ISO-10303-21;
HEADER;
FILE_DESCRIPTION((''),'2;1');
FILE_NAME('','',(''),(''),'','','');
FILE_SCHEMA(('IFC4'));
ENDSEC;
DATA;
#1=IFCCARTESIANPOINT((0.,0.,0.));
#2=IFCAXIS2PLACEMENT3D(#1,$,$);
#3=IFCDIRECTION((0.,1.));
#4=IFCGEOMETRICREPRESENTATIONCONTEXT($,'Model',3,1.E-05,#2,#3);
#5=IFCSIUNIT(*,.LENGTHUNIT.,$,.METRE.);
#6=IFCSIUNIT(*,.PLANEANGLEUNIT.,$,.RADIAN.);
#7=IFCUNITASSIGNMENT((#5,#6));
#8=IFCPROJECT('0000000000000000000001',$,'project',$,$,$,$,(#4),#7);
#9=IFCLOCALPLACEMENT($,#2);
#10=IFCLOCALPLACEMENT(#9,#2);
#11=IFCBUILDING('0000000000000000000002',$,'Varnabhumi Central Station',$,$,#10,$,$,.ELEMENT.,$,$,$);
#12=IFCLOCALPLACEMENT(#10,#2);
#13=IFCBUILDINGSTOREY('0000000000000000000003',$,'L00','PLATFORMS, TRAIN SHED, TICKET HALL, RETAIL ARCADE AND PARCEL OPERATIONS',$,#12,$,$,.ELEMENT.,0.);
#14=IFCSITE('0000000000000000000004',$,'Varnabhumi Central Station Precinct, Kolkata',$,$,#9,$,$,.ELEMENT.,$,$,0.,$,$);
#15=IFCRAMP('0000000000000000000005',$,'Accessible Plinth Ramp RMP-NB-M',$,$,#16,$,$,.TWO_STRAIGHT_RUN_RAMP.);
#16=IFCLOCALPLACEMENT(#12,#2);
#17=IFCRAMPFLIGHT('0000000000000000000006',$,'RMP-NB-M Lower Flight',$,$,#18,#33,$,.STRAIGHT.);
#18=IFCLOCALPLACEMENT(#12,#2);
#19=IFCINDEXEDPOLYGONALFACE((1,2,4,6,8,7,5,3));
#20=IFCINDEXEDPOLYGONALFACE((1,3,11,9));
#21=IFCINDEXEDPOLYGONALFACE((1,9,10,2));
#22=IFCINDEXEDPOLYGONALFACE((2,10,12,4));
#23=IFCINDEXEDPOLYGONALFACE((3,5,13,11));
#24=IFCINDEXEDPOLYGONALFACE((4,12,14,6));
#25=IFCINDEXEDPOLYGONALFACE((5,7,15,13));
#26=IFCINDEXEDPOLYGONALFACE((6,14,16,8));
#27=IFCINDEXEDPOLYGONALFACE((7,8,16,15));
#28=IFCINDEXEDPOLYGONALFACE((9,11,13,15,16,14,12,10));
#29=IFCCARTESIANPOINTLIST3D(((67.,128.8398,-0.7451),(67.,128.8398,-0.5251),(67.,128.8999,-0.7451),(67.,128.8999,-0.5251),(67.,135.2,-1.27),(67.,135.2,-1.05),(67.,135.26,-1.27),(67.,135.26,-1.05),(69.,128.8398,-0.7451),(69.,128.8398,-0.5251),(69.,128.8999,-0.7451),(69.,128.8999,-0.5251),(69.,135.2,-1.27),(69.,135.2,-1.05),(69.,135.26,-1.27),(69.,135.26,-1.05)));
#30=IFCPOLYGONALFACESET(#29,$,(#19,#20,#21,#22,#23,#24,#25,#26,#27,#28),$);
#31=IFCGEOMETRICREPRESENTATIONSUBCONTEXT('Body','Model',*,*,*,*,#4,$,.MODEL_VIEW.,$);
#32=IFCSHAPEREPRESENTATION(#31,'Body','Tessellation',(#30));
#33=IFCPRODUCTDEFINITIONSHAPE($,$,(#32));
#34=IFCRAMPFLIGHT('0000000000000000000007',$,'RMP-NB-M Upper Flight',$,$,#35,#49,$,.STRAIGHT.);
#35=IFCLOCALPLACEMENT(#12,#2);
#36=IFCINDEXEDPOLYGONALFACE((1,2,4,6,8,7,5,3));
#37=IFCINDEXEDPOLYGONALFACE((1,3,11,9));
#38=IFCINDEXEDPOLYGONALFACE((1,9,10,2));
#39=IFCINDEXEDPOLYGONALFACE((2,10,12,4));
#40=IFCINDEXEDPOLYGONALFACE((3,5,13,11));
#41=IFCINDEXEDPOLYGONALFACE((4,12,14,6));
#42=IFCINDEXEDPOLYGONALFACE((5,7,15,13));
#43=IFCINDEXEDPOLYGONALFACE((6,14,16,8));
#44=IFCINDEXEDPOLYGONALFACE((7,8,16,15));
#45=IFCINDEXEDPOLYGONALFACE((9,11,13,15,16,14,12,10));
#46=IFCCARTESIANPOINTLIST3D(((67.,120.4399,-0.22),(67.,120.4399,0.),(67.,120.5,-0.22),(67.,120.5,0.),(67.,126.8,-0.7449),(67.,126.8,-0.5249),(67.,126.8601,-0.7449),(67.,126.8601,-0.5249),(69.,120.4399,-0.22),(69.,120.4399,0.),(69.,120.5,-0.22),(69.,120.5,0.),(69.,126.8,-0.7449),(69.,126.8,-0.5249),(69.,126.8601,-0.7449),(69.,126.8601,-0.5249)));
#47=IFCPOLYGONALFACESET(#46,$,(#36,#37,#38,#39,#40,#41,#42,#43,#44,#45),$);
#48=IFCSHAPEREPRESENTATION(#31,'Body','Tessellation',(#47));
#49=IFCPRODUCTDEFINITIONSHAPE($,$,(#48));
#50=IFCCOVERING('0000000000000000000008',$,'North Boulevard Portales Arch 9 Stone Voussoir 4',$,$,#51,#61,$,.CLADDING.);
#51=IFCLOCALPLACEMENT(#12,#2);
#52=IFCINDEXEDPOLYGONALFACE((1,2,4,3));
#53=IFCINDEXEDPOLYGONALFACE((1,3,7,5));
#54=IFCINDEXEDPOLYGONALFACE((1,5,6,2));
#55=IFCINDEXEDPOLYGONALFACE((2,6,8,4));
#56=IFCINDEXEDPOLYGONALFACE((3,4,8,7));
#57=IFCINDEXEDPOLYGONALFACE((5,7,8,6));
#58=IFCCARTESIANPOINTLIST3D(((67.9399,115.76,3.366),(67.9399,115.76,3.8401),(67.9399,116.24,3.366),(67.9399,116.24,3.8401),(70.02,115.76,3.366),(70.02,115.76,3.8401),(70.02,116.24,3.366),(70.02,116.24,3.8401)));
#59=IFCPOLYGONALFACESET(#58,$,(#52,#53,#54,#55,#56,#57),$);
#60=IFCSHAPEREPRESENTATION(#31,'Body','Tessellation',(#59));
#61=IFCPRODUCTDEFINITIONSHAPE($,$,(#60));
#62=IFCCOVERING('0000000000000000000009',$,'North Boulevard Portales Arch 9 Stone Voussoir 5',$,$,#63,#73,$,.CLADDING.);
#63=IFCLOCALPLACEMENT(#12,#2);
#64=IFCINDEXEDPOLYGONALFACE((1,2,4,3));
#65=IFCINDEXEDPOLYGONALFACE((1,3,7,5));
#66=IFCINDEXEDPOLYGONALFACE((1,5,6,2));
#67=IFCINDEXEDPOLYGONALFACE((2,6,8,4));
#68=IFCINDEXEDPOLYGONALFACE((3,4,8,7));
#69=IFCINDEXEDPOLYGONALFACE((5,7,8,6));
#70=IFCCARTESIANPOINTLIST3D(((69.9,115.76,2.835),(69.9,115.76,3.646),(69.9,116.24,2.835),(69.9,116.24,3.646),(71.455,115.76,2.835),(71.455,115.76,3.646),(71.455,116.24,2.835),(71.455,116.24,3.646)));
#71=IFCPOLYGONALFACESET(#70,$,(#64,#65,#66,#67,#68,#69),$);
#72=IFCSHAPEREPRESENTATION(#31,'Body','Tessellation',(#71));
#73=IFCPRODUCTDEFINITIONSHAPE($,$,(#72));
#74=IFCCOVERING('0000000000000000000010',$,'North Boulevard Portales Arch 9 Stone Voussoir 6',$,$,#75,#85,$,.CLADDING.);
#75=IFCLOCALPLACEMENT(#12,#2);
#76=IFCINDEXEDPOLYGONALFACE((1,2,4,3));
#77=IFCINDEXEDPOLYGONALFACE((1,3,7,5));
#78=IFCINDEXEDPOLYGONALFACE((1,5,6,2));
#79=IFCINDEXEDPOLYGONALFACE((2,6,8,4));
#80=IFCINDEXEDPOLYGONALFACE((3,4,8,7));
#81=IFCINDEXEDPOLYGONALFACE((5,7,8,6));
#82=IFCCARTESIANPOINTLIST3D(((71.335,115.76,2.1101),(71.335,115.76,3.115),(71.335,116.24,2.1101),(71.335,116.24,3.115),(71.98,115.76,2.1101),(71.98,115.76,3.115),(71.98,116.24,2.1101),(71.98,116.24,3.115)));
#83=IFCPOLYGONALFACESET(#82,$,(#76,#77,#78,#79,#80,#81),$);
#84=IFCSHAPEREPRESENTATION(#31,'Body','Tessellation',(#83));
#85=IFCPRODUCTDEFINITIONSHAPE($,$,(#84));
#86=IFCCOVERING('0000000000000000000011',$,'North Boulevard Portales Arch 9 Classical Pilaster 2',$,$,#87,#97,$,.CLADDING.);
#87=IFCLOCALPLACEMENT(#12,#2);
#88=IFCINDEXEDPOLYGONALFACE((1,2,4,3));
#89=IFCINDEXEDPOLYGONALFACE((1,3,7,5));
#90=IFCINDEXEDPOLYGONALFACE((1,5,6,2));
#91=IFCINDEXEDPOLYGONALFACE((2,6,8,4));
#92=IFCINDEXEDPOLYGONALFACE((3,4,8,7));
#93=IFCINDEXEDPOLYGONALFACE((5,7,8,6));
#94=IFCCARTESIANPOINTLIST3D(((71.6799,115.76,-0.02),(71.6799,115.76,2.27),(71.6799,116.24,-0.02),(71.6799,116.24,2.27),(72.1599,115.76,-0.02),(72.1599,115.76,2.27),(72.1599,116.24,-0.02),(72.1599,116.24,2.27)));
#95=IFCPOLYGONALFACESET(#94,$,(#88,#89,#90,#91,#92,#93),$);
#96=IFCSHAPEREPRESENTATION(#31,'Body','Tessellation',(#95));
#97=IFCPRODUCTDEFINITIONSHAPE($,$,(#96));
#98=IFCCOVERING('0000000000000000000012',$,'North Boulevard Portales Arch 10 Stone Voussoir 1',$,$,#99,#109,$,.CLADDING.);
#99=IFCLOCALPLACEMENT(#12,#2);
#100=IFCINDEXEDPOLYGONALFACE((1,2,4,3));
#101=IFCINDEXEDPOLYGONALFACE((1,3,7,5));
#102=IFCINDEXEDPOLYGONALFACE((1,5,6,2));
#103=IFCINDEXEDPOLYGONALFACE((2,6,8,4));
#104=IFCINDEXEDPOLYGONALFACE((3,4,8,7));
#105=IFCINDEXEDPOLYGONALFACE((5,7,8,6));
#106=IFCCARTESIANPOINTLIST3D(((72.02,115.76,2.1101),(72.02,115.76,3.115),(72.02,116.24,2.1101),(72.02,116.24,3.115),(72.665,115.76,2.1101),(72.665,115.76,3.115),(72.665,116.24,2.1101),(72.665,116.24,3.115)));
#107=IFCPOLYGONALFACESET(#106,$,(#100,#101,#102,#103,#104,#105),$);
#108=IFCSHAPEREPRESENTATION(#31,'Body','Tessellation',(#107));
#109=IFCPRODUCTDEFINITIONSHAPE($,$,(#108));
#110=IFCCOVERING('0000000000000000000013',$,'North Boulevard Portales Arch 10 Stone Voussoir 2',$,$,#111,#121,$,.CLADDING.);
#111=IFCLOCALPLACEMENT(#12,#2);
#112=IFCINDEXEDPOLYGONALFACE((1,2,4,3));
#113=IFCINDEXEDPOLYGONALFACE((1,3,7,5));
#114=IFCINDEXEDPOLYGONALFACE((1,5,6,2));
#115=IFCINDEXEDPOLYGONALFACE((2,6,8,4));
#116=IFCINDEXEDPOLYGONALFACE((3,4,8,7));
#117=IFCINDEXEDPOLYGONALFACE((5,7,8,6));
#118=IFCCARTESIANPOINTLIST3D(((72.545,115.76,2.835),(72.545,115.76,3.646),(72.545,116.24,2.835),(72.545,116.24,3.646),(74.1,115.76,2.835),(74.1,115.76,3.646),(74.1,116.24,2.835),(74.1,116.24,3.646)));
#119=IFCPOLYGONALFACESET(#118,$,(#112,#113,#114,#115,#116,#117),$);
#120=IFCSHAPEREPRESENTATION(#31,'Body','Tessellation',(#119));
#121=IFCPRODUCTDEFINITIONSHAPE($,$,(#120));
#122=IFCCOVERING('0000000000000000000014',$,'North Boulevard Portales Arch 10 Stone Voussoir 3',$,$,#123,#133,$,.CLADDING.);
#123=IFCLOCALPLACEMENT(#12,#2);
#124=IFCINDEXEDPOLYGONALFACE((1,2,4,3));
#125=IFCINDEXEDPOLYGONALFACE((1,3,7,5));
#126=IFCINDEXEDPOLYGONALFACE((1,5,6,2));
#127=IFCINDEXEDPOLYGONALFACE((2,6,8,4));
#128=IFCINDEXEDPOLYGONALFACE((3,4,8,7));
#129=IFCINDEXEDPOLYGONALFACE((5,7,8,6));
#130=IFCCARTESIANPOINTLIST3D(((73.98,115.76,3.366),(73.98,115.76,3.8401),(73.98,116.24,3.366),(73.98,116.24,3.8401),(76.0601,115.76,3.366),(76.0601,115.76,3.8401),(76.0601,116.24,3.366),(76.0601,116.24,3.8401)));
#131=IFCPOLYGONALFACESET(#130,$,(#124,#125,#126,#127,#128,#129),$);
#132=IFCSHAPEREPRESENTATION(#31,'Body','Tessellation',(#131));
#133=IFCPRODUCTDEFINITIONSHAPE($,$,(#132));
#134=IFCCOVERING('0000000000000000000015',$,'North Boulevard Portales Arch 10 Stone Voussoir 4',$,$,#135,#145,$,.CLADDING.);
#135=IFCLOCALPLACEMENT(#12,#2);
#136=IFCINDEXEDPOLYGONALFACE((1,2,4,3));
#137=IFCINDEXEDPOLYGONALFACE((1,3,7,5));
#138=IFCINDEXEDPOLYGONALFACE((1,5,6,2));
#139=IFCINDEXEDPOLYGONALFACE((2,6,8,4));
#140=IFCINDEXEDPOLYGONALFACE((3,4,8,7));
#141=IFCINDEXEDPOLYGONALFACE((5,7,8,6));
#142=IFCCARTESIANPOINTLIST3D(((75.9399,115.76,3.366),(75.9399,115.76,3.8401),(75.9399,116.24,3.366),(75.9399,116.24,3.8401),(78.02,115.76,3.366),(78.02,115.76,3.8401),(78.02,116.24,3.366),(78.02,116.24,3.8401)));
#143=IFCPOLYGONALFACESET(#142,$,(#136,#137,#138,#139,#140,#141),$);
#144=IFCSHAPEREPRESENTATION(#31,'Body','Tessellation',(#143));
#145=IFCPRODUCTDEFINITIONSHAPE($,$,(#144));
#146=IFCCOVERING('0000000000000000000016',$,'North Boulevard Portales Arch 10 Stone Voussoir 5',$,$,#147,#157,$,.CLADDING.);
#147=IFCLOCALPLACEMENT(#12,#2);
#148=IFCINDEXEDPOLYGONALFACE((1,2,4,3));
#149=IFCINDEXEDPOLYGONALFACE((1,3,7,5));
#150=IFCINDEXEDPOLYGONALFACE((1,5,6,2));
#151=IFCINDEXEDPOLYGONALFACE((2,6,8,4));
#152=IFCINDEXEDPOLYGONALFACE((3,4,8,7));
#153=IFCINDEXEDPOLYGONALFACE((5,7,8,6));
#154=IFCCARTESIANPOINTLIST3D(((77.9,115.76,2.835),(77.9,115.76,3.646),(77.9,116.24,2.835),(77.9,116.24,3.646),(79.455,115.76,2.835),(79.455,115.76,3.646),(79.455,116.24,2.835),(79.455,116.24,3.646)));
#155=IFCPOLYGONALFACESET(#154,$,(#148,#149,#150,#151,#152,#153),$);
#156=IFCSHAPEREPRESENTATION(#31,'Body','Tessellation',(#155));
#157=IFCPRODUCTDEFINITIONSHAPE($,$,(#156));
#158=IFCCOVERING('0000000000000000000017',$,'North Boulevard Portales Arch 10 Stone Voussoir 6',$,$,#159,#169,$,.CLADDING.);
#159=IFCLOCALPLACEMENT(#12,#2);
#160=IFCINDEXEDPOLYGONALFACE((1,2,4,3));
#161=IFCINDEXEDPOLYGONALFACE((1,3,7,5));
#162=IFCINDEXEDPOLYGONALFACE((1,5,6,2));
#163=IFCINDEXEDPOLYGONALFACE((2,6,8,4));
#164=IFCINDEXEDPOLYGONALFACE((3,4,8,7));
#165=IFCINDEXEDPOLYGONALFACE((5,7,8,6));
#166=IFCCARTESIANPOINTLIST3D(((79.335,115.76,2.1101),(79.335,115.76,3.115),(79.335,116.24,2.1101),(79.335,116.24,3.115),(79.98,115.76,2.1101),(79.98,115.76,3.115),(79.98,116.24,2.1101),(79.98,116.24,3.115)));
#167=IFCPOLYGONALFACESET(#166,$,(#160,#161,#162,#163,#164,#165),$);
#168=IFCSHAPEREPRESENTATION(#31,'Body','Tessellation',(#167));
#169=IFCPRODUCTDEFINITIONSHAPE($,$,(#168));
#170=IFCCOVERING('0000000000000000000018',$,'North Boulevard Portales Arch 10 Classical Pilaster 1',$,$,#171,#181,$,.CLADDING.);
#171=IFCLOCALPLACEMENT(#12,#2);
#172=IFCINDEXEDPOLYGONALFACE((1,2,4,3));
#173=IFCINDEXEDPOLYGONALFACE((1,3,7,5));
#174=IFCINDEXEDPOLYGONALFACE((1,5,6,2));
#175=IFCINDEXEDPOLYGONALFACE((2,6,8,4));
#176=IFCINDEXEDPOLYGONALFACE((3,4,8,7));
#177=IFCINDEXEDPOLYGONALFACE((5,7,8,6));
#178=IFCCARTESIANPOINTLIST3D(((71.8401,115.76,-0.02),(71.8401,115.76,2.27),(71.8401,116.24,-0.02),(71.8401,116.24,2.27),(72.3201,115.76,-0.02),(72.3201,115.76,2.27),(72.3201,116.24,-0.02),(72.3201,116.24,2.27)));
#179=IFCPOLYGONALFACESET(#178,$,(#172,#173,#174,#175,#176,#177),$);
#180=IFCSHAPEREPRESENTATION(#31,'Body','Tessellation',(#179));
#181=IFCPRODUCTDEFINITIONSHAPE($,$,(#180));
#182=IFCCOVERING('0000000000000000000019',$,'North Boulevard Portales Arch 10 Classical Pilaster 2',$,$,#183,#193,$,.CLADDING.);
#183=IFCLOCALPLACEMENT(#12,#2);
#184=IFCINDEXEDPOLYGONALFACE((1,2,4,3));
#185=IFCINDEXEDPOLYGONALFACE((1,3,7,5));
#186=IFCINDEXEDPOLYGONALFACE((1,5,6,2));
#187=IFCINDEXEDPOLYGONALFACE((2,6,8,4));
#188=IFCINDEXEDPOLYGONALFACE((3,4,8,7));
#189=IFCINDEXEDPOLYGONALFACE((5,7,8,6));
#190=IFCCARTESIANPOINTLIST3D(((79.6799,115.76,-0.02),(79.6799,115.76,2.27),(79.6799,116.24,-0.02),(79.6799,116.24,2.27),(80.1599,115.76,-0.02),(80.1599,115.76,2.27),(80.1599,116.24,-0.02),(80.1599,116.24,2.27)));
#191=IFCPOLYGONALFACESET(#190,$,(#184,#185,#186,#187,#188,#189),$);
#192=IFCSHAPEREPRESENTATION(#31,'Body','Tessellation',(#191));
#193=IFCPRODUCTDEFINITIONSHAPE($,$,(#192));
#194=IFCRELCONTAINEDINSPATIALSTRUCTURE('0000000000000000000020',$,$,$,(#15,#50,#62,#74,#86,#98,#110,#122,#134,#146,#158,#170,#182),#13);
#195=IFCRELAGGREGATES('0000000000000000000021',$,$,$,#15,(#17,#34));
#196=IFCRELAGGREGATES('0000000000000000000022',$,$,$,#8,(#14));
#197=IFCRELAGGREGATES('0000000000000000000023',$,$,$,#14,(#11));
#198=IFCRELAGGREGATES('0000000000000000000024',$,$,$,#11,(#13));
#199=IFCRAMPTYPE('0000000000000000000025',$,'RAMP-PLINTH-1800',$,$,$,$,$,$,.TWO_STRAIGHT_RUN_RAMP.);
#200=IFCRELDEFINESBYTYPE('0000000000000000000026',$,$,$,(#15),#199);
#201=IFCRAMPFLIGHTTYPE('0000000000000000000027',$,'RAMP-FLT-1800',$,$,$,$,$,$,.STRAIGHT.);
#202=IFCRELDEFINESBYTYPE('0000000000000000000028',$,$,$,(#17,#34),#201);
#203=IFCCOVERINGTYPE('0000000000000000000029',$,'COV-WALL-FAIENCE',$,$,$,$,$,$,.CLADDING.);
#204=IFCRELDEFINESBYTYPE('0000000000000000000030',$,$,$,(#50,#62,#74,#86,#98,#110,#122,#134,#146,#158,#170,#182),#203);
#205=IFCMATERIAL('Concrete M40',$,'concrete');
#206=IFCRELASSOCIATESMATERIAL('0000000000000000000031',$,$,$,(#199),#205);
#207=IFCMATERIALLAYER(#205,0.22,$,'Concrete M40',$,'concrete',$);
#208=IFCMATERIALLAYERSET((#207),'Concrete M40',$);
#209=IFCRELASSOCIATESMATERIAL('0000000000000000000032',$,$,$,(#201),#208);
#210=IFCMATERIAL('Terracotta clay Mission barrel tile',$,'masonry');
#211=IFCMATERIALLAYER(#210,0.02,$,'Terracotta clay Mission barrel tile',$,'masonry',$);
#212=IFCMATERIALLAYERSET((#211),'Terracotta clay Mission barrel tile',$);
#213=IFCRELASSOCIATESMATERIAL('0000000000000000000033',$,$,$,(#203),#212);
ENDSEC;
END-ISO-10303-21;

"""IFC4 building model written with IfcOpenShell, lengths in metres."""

from ifc_helpers import new_model, si_unit, direction, frame, origin, origin_2d, place, context, subcontext, project, spatial, polyline, rectangle, outline, extrude, material, layer, layer_set, type_object, element, aggregate, save


model = new_model("IFC4")

# Units and contexts
model_context = context("Model", 3, precision=1e-05, world=origin(), true_north=direction((0.0, 1.0)))
body_context = subcontext(model_context, "Body", "Model", "MODEL_VIEW")
ifc_project = project(units=[si_unit("LENGTHUNIT", "METRE"), si_unit("PLANEANGLEUNIT", "RADIAN")], contexts=[model_context])

# Site, building, storey
site_placement = place(None, origin())
site = spatial("IfcSite", under=ifc_project, at=site_placement, Name="Varnabhumi Central Station Precinct, Kolkata", CompositionType="ELEMENT", RefElevation=0.0)
building_placement = place(site_placement, origin())
building = spatial("IfcBuilding", under=site, at=building_placement, Name="Varnabhumi Central Station", CompositionType="ELEMENT")
storey_placement = place(building_placement, origin())
storey = spatial("IfcBuildingStorey", under=building, at=storey_placement, Name="L00", Description="PLATFORMS, TRAIN SHED, TICKET HALL, RETAIL ARCADE AND PARCEL OPERATIONS", CompositionType="ELEMENT", Elevation=0.0)

# Shared definitions
ifc_material_1 = material(Name="Concrete M40", Category="concrete")

# Ramp, ramp flights
ramp_type = type_object("IfcRampType", Name="RAMP-PLINTH-1800", PredefinedType="TWO_STRAIGHT_RUN_RAMP", material=ifc_material_1)
ramp_placement = place(storey_placement, origin())
ramp = element("IfcRamp", 1, at=ramp_placement, inside=storey, type_object=ramp_type, Name="Accessible Plinth Ramp RMP-NB-M", PredefinedType="TWO_STRAIGHT_RUN_RAMP")
ifc_layer_1 = layer(ifc_material_1, 0.22, Name="Concrete M40", Category="concrete")
ifc_layer_set_1 = layer_set([ifc_layer_1], Name="Concrete M40")
ramp_flight_type = type_object("IfcRampFlightType", Name="RAMP-FLT-1800", PredefinedType="STRAIGHT", material=ifc_layer_set_1)
ramp_flight_1_placement = place(storey_placement, frame((68.0, 135.2, -1.05), z_axis=(0.0, 0.0, 1.0), x_axis=(0.0, -1.0, 0.0)))
ramp_flight_1 = element("IfcRampFlight", 2, at=ramp_flight_1_placement, type_object=ramp_flight_type, Name="RMP-NB-M Lower Flight", PredefinedType="STRAIGHT", context=body_context, shape_type="SweptSolid", body=[
    extrude(outline(polyline([(-0.0601, 0.0), (0.0, 0.0), (6.3, 0.5249), (6.3601, 0.5249), (6.3601, 0.3049), (6.3, 0.3049), (0.0, -0.22), (-0.0601, -0.22), (-0.0601, 0.0)])), frame((0.0, 1.0, 0.0), z_axis=(0.0, -1.0, 0.0), x_axis=(1.0, 0.0, 0.0)), (0.0, 0.0, 1.0), 2.0),
])
ramp_flight_2_placement = place(storey_placement, frame((68.0, 126.8, -0.5249), z_axis=(0.0, 0.0, 1.0), x_axis=(0.0, -1.0, 0.0)))
ramp_flight_2 = element("IfcRampFlight", 3, at=ramp_flight_2_placement, type_object=ramp_flight_type, Name="RMP-NB-M Upper Flight", PredefinedType="STRAIGHT", context=body_context, shape_type="SweptSolid", body=[
    extrude(outline(polyline([(-0.0601, 0.0), (0.0, 0.0), (6.3, 0.5249), (6.3601, 0.5249), (6.3601, 0.3049), (6.3, 0.3049), (0.0, -0.22), (-0.0601, -0.22), (-0.0601, 0.0)])), frame((0.0, 1.0, 0.0), z_axis=(0.0, -1.0, 0.0), x_axis=(1.0, 0.0, 0.0)), (0.0, 0.0, 1.0), 2.0),
])
aggregate(ramp, [ramp_flight_1, ramp_flight_2])

# Coverings
ifc_material_2 = material(Name="Terracotta clay Mission barrel tile", Category="masonry")
ifc_layer_2 = layer(ifc_material_2, 0.02, Name="Terracotta clay Mission barrel tile", Category="masonry")
ifc_layer_set_2 = layer_set([ifc_layer_2], Name="Terracotta clay Mission barrel tile")
covering_type = type_object("IfcCoveringType", Name="COV-WALL-FAIENCE", PredefinedType="CLADDING", material=ifc_layer_set_2)
covering_1_placement = place(storey_placement, frame((68.98, 116.0, 3.366), z_axis=(0.0, 0.0, 1.0), x_axis=(1.0, 0.0, 0.0)))
element("IfcCovering", 4, at=covering_1_placement, inside=storey, type_object=covering_type, Name="North Boulevard Portales Arch 9 Stone Voussoir 4", PredefinedType="CLADDING", context=body_context, shape_type="SweptSolid", body=[
    extrude(rectangle(XDim=2.0801, YDim=0.48, at=origin_2d()), origin(), (0.0, 0.0, 1.0), 0.4741),
])
covering_2_placement = place(storey_placement, frame((70.6775, 116.0, 2.835), z_axis=(0.0, 0.0, 1.0), x_axis=(1.0, 0.0, 0.0)))
element("IfcCovering", 5, at=covering_2_placement, inside=storey, type_object=covering_type, Name="North Boulevard Portales Arch 9 Stone Voussoir 5", PredefinedType="CLADDING", context=body_context, shape_type="SweptSolid", body=[
    extrude(rectangle(XDim=1.5549, YDim=0.48, at=origin_2d()), origin(), (0.0, 0.0, 1.0), 0.811),
])
covering_3_placement = place(storey_placement, frame((71.6575, 116.0, 2.1101), z_axis=(0.0, 0.0, 1.0), x_axis=(1.0, 0.0, 0.0)))
element("IfcCovering", 6, at=covering_3_placement, inside=storey, type_object=covering_type, Name="North Boulevard Portales Arch 9 Stone Voussoir 6", PredefinedType="CLADDING", context=body_context, shape_type="SweptSolid", body=[
    extrude(rectangle(XDim=0.645, YDim=0.48, at=origin_2d()), origin(), (0.0, 0.0, 1.0), 1.0049),
])
covering_4_placement = place(storey_placement, frame((71.9199, 116.0, -0.02), z_axis=(0.0, 0.0, 1.0), x_axis=(1.0, 0.0, 0.0)))
element("IfcCovering", 7, at=covering_4_placement, inside=storey, type_object=covering_type, Name="North Boulevard Portales Arch 9 Classical Pilaster 2", PredefinedType="CLADDING", context=body_context, shape_type="SweptSolid", body=[
    extrude(rectangle(XDim=0.48, YDim=0.48, at=origin_2d()), origin(), (0.0, 0.0, 1.0), 2.29),
])
covering_5_placement = place(storey_placement, frame((72.3425, 116.0, 2.1101), z_axis=(0.0, 0.0, 1.0), x_axis=(1.0, 0.0, 0.0)))
element("IfcCovering", 8, at=covering_5_placement, inside=storey, type_object=covering_type, Name="North Boulevard Portales Arch 10 Stone Voussoir 1", PredefinedType="CLADDING", context=body_context, shape_type="SweptSolid", body=[
    extrude(rectangle(XDim=0.645, YDim=0.48, at=origin_2d()), origin(), (0.0, 0.0, 1.0), 1.0049),
])
covering_6_placement = place(storey_placement, frame((73.3225, 116.0, 2.835), z_axis=(0.0, 0.0, 1.0), x_axis=(1.0, 0.0, 0.0)))
element("IfcCovering", 9, at=covering_6_placement, inside=storey, type_object=covering_type, Name="North Boulevard Portales Arch 10 Stone Voussoir 2", PredefinedType="CLADDING", context=body_context, shape_type="SweptSolid", body=[
    extrude(rectangle(XDim=1.5549, YDim=0.48, at=origin_2d()), origin(), (0.0, 0.0, 1.0), 0.811),
])
for number, where, z_axis, x_axis, name in (
    (10, (75.02, 116.0, 3.366), (0.0, 0.0, 1.0), (1.0, 0.0, 0.0), "North Boulevard Portales Arch 10 Stone Voussoir 3"),
    (11, (76.98, 116.0, 3.366), (0.0, 0.0, 1.0), (1.0, 0.0, 0.0), "North Boulevard Portales Arch 10 Stone Voussoir 4"),
):
    element("IfcCovering", number, at=place(storey_placement, frame(where, z_axis=z_axis, x_axis=x_axis)), inside=storey, type_object=covering_type, Name=name, PredefinedType="CLADDING", context=body_context, shape_type="SweptSolid", body=[
        extrude(rectangle(XDim=2.0801, YDim=0.48, at=origin_2d()), origin(), (0.0, 0.0, 1.0), 0.4741),
    ])
covering_7_placement = place(storey_placement, frame((78.6775, 116.0, 2.835), z_axis=(0.0, 0.0, 1.0), x_axis=(1.0, 0.0, 0.0)))
element("IfcCovering", 12, at=covering_7_placement, inside=storey, type_object=covering_type, Name="North Boulevard Portales Arch 10 Stone Voussoir 5", PredefinedType="CLADDING", context=body_context, shape_type="SweptSolid", body=[
    extrude(rectangle(XDim=1.5549, YDim=0.48, at=origin_2d()), origin(), (0.0, 0.0, 1.0), 0.811),
])
covering_8_placement = place(storey_placement, frame((79.6575, 116.0, 2.1101), z_axis=(0.0, 0.0, 1.0), x_axis=(1.0, 0.0, 0.0)))
element("IfcCovering", 13, at=covering_8_placement, inside=storey, type_object=covering_type, Name="North Boulevard Portales Arch 10 Stone Voussoir 6", PredefinedType="CLADDING", context=body_context, shape_type="SweptSolid", body=[
    extrude(rectangle(XDim=0.645, YDim=0.48, at=origin_2d()), origin(), (0.0, 0.0, 1.0), 1.0049),
])
for number, where, z_axis, x_axis, name in (
    (14, (72.0801, 116.0, -0.02), (0.0, 0.0, 1.0), (1.0, 0.0, 0.0), "North Boulevard Portales Arch 10 Classical Pilaster 1"),
    (15, (79.9199, 116.0, -0.02), (0.0, 0.0, 1.0), (1.0, 0.0, 0.0), "North Boulevard Portales Arch 10 Classical Pilaster 2"),
):
    element("IfcCovering", number, at=place(storey_placement, frame(where, z_axis=z_axis, x_axis=x_axis)), inside=storey, type_object=covering_type, Name=name, PredefinedType="CLADDING", context=body_context, shape_type="SweptSolid", body=[
        extrude(rectangle(XDim=0.48, YDim=0.48, at=origin_2d()), origin(), (0.0, 0.0, 1.0), 2.29),
    ])

save(model, "model.ifc")
